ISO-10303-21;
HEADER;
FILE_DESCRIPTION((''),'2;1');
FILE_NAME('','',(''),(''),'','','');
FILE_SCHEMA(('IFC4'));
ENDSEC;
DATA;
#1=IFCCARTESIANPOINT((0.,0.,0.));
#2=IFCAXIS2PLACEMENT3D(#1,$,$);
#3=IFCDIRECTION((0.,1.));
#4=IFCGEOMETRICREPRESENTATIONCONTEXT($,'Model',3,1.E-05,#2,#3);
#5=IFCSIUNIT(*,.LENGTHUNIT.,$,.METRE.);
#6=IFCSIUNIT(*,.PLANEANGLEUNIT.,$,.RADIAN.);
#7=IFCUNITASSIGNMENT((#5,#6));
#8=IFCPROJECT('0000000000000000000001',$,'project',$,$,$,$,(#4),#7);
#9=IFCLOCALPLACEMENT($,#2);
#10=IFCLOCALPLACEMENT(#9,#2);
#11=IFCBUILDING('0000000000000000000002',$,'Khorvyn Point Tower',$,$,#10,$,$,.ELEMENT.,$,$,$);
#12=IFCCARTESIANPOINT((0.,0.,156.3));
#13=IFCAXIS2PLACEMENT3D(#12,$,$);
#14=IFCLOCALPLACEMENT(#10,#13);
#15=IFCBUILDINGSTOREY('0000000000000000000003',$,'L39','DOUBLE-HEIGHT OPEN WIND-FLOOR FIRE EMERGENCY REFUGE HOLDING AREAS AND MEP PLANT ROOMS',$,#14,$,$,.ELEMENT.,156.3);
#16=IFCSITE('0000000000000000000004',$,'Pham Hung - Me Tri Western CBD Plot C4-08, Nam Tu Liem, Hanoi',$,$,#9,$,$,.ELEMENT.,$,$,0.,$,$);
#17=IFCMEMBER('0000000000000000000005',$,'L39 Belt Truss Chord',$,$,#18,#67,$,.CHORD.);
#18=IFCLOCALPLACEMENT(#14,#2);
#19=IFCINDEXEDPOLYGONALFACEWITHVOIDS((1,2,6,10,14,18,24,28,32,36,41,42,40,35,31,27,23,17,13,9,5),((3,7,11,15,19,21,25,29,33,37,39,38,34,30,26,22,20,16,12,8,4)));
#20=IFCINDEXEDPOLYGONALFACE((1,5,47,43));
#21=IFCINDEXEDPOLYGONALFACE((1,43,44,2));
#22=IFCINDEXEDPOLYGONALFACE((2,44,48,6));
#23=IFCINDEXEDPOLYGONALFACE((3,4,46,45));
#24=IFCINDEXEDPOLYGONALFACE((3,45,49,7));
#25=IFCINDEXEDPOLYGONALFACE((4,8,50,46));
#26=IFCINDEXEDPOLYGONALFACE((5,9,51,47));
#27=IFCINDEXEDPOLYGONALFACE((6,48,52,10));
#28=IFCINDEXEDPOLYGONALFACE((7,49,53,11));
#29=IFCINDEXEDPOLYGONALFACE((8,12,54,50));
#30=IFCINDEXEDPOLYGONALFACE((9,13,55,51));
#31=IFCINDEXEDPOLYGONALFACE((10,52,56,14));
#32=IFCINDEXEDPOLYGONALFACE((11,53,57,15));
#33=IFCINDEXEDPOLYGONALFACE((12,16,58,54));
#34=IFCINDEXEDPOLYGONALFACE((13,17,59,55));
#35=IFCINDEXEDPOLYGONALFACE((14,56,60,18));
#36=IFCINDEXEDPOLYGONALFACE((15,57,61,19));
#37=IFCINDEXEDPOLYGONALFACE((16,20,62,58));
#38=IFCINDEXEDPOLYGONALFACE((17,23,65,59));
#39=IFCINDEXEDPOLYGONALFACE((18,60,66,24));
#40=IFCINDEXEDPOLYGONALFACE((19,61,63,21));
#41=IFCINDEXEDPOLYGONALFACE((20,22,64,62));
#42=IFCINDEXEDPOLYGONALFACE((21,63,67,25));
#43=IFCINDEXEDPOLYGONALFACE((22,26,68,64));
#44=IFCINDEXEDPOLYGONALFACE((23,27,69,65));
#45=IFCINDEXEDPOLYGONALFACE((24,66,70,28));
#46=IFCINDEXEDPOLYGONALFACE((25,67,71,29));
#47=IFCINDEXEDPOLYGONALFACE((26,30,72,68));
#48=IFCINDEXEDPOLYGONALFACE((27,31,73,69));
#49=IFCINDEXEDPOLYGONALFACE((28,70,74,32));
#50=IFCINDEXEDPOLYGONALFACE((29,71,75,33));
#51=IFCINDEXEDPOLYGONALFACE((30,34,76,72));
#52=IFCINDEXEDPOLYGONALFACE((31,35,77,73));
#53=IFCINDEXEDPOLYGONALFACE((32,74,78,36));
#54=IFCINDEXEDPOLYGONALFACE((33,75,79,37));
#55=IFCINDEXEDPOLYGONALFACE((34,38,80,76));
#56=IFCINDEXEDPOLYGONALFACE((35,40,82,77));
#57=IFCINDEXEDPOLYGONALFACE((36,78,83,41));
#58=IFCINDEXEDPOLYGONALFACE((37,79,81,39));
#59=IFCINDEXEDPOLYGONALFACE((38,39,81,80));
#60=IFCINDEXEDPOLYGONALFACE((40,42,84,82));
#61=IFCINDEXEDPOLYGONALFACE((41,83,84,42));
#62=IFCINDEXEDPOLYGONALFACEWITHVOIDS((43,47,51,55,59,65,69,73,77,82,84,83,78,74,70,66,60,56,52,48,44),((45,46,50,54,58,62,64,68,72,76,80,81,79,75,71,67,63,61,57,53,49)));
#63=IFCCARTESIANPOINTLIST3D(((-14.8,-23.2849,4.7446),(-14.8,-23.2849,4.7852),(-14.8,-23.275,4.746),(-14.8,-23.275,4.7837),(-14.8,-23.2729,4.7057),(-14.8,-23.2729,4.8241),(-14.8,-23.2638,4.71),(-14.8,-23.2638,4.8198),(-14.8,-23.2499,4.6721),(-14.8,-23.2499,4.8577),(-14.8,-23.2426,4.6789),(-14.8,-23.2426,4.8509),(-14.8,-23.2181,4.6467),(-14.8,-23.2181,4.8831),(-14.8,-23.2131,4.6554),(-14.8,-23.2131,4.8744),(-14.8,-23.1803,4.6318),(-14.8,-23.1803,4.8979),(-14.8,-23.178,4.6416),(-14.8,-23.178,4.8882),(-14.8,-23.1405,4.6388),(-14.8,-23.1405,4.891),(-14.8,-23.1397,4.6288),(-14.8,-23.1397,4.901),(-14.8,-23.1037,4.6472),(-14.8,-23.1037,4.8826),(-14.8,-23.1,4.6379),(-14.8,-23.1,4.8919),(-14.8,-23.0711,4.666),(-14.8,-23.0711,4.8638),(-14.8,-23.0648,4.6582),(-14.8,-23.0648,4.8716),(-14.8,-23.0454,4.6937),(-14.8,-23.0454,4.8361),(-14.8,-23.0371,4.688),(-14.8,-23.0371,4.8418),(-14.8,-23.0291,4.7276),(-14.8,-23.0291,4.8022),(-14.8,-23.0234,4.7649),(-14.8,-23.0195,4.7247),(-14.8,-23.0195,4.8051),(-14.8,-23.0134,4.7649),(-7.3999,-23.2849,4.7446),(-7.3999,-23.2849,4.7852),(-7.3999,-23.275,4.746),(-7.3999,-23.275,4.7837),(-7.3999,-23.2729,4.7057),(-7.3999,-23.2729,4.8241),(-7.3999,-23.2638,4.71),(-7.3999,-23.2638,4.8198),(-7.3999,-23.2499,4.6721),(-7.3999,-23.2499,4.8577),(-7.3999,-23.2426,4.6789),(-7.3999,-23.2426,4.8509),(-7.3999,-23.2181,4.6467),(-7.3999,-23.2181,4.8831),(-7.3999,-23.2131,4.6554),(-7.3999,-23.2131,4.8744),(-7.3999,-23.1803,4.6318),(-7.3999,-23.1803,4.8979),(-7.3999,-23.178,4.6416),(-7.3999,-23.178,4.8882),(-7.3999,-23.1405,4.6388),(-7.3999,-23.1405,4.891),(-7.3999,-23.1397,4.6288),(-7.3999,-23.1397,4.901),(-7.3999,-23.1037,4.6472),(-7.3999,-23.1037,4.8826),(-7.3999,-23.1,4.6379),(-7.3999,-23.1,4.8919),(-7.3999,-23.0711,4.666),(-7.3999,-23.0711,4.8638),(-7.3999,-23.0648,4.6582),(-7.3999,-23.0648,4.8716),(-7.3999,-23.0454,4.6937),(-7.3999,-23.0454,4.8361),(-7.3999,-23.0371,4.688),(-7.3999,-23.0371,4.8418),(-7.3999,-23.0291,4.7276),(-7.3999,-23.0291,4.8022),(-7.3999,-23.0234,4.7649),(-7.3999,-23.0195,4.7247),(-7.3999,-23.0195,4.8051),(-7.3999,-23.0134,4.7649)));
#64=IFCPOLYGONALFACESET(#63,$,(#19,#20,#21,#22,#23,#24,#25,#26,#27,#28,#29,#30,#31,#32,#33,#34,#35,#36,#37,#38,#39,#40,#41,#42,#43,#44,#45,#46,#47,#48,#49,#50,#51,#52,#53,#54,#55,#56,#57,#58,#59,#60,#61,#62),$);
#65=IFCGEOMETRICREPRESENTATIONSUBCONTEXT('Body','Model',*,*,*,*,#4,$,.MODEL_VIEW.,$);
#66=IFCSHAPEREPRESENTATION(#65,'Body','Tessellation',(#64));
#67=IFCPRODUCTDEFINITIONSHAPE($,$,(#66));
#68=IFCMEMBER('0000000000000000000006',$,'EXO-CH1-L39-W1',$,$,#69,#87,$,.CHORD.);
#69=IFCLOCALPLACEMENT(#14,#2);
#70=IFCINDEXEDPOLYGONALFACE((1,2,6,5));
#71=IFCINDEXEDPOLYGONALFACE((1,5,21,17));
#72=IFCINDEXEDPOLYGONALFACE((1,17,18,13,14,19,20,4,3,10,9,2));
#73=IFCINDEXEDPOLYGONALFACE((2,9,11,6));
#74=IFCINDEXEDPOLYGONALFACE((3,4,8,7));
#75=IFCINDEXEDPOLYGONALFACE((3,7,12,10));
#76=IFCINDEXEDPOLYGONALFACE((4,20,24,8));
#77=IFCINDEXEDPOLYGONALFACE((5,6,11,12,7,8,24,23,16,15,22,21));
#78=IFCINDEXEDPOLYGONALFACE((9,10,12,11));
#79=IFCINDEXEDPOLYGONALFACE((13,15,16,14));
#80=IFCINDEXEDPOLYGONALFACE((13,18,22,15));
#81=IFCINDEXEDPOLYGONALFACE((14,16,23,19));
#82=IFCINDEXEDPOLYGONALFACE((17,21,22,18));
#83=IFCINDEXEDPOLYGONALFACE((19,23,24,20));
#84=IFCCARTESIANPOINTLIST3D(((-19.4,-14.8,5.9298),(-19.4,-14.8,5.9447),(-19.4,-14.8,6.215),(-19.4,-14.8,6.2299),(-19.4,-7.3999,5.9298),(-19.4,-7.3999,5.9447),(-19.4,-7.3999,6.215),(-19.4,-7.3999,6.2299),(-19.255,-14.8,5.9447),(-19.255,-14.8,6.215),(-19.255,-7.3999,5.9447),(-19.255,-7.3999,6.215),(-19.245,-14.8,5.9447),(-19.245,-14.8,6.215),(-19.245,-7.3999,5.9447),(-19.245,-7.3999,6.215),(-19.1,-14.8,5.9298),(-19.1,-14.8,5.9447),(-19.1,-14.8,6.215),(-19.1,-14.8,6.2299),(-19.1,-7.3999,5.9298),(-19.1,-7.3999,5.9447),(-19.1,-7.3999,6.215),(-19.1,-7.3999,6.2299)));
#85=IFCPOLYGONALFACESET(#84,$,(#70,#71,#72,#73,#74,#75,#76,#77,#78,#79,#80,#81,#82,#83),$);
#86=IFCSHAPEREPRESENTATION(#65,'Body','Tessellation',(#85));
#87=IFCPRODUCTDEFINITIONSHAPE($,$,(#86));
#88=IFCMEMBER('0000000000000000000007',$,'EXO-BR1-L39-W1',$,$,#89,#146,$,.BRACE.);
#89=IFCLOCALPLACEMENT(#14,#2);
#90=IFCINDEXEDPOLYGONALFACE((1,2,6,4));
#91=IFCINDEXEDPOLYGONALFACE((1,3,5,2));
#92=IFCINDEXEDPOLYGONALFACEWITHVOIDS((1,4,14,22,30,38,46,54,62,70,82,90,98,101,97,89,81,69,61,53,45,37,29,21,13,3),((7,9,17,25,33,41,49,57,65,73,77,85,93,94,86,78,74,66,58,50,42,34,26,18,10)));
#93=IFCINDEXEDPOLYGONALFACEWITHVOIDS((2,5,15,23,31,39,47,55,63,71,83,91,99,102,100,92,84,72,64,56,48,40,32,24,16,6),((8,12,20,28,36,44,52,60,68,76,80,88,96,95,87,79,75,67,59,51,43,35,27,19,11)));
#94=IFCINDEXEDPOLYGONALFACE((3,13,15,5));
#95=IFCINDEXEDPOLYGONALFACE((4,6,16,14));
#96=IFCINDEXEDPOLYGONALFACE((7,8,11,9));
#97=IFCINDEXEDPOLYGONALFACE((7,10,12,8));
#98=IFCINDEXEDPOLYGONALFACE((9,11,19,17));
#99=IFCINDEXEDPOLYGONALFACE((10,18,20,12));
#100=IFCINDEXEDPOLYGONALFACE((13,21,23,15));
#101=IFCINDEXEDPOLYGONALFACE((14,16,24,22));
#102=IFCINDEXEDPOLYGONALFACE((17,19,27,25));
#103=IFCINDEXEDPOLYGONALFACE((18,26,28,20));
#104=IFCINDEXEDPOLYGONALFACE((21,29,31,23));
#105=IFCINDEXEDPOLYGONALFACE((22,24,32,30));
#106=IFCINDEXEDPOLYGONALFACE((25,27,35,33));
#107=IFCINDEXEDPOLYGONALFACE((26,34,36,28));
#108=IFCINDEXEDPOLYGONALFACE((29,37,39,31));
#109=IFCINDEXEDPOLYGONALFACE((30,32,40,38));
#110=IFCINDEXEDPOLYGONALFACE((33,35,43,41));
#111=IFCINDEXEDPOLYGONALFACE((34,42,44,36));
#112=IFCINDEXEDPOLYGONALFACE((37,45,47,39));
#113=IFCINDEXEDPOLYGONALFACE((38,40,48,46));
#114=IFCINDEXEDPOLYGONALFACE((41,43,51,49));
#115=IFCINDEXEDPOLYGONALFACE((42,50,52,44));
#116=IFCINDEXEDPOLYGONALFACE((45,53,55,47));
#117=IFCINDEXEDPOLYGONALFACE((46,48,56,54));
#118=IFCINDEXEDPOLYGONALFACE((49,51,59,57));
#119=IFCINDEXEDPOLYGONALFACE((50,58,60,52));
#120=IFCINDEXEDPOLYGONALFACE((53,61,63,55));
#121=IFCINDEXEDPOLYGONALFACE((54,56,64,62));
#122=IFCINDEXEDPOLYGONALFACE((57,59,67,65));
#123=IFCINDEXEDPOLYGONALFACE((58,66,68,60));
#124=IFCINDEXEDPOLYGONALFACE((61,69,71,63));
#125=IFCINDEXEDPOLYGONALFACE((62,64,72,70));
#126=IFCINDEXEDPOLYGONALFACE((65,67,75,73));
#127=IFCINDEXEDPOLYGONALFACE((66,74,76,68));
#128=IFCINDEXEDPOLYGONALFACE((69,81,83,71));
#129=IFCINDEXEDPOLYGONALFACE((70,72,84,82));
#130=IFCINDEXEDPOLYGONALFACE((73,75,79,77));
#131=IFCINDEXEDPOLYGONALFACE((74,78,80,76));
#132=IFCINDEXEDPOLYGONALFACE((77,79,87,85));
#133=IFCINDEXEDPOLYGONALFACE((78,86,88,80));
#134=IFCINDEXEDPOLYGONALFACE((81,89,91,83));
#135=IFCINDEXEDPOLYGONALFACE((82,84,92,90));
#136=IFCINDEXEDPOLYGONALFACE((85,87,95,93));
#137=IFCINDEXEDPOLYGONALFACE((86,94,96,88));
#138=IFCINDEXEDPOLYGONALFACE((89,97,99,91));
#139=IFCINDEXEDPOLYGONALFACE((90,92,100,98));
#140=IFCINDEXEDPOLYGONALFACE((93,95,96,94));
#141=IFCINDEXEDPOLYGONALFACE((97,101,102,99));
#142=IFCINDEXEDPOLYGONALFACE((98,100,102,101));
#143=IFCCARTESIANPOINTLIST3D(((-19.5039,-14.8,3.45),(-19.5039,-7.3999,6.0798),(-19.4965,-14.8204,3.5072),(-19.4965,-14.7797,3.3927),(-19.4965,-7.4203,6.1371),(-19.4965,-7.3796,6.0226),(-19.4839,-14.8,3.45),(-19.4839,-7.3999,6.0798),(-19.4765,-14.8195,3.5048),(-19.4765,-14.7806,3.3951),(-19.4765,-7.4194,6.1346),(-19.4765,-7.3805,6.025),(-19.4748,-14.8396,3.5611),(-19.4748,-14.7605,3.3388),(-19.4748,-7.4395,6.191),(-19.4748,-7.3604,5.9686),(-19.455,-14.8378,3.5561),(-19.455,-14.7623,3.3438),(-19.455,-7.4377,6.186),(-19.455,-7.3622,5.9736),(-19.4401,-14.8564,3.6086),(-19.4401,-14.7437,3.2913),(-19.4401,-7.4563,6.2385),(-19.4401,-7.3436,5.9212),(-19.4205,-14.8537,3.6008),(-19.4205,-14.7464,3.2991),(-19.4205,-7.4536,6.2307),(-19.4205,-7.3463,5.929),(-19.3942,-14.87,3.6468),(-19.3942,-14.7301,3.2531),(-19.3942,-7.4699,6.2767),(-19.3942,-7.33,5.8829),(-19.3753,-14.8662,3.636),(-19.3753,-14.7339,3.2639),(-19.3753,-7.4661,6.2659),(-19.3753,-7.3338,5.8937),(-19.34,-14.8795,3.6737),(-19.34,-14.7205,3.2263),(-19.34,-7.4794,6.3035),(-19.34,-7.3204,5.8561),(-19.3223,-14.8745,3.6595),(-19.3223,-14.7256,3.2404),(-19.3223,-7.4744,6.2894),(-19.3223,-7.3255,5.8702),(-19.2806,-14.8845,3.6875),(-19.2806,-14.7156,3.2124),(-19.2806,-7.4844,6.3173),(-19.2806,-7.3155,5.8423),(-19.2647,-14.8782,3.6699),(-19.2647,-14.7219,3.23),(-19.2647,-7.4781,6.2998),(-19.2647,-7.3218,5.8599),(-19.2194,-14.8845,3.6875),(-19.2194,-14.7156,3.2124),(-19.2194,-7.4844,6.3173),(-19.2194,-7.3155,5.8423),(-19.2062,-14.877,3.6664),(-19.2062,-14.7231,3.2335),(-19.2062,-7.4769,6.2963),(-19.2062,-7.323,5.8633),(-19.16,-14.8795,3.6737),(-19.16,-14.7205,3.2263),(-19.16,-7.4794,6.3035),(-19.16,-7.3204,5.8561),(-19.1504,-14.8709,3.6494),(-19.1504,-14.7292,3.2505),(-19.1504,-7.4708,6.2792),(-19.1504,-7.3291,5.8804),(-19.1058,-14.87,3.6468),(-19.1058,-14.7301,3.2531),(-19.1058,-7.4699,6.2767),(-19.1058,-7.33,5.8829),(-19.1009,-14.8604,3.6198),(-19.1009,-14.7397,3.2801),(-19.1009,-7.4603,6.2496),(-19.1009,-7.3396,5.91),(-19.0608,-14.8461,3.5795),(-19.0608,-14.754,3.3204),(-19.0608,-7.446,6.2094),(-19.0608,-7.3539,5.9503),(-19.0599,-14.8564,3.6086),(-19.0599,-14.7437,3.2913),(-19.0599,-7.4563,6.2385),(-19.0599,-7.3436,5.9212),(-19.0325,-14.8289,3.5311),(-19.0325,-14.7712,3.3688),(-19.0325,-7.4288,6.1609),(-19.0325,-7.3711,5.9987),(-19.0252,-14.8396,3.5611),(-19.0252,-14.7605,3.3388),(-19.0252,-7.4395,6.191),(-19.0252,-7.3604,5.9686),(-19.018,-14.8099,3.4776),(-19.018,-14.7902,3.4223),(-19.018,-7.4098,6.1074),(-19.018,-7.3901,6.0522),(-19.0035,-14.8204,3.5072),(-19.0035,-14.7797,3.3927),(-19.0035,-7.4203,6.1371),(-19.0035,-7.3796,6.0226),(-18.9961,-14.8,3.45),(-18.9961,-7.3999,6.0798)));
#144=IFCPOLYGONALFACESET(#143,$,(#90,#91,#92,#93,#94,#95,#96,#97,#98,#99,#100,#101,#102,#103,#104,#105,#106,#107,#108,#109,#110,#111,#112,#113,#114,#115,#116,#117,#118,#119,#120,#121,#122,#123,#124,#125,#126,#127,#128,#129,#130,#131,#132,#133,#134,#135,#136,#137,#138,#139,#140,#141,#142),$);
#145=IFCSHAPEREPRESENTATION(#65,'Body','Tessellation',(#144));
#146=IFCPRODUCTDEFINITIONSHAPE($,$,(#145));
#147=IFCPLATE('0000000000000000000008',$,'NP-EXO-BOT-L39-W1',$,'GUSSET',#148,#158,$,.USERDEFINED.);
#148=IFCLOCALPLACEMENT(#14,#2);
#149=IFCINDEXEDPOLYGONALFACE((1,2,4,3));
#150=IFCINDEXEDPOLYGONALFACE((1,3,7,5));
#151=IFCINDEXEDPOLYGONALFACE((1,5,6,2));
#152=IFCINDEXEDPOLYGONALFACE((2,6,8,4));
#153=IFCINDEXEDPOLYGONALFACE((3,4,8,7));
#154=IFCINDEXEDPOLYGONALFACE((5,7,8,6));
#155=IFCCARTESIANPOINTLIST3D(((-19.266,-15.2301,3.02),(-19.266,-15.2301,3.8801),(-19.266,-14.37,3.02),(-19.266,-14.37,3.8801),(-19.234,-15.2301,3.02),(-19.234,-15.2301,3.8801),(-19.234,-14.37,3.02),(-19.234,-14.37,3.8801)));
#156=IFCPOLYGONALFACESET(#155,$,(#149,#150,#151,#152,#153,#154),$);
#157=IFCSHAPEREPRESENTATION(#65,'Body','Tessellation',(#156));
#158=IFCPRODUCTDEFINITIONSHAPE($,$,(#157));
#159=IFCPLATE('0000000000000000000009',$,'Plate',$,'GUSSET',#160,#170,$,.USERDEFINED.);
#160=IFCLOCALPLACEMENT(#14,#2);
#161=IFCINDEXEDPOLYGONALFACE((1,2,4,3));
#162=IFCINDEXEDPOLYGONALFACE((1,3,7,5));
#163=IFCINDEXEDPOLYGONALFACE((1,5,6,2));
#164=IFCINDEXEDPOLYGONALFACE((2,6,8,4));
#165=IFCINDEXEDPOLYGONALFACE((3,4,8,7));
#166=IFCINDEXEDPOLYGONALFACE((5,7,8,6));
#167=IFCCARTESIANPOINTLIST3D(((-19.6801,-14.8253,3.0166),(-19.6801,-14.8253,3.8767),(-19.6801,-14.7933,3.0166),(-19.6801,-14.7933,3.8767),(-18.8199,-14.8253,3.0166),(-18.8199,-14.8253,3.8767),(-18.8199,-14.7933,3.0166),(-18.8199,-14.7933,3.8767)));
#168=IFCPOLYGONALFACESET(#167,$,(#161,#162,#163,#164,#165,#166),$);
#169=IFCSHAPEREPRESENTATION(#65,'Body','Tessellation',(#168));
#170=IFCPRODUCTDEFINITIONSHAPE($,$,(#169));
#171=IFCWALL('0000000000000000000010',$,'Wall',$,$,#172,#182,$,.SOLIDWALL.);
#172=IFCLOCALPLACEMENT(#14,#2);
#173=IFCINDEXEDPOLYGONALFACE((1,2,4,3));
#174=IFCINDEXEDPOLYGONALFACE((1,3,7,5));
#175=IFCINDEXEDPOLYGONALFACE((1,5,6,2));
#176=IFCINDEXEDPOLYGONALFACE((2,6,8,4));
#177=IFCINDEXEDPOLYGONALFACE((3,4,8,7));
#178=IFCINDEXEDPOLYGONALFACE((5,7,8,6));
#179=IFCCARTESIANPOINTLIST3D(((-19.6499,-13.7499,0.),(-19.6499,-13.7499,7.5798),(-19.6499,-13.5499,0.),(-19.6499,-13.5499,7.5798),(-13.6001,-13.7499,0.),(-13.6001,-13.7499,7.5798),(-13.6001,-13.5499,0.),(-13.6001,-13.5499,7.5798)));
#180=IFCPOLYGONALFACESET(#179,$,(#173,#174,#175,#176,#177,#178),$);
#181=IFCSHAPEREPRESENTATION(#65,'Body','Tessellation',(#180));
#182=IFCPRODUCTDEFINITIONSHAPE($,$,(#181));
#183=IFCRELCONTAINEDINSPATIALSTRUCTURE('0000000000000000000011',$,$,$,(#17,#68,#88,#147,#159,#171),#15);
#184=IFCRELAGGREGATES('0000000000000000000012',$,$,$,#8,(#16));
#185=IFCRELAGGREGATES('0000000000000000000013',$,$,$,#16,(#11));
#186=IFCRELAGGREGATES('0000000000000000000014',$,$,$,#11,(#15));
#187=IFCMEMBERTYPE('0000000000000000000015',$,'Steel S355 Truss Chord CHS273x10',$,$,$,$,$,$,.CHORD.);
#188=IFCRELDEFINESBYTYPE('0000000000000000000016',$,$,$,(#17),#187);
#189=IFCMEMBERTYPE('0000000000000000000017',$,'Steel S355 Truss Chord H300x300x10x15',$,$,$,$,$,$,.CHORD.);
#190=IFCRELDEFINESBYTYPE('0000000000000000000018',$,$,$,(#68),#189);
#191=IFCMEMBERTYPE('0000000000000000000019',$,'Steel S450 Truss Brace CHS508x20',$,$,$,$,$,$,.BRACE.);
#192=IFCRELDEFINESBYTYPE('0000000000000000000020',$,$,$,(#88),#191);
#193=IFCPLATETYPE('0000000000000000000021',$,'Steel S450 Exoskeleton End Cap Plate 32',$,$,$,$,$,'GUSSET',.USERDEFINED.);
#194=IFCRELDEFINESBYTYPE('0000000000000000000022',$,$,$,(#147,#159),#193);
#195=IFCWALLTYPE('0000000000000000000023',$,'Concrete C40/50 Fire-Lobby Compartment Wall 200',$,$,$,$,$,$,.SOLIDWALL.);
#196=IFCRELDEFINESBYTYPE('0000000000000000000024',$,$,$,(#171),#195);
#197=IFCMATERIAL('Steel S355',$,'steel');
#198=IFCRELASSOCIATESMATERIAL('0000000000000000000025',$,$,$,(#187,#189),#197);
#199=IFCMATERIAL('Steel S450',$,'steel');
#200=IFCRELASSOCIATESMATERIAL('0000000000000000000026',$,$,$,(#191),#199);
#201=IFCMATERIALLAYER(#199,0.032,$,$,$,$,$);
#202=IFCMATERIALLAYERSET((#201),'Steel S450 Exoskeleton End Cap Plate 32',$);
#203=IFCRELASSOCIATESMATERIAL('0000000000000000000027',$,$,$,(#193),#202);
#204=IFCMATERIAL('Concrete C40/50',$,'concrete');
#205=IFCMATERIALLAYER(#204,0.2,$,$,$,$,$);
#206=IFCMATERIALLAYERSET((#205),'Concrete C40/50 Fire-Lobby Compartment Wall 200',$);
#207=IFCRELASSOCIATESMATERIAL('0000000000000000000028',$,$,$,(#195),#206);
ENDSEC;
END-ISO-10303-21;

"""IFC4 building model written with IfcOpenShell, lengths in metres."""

from ifc_helpers import new_model, si_unit, direction, frame, frame_2d, origin, origin_2d, place, context, subcontext, project, spatial, rectangle, hollow_circle, i_section, extrude, material, layer, layer_set, material_profile, profile_set, type_object, element, save


model = new_model("IFC4")

# Units and contexts
model_context = context("Model", 3, precision=1e-05, world=origin(), true_north=direction((0.0, 1.0)))
body_context = subcontext(model_context, "Body", "Model", "MODEL_VIEW")
ifc_project = project(units=[si_unit("LENGTHUNIT", "METRE"), si_unit("PLANEANGLEUNIT", "RADIAN")], contexts=[model_context])

# Site, building, storey
site_placement = place(None, origin())
site = spatial("IfcSite", under=ifc_project, at=site_placement, Name="Pham Hung - Me Tri Western CBD Plot C4-08, Nam Tu Liem, Hanoi", CompositionType="ELEMENT", RefElevation=0.0)
building_placement = place(site_placement, origin())
building = spatial("IfcBuilding", under=site, at=building_placement, Name="Khorvyn Point Tower", CompositionType="ELEMENT")
storey_placement = place(building_placement, frame((0.0, 0.0, 156.3)))
storey = spatial("IfcBuildingStorey", under=building, at=storey_placement, Name="L39", Description="DOUBLE-HEIGHT OPEN WIND-FLOOR FIRE EMERGENCY REFUGE HOLDING AREAS AND MEP PLANT ROOMS", CompositionType="ELEMENT", Elevation=156.3)

# Shared definitions
ifc_material_1 = material(Name="Steel S450", Category="steel")

# Shared definitions
ifc_material_2 = material(Name="Steel S355", Category="steel")

# Members
ifc_material_profile_1 = material_profile(ifc_material_2, hollow_circle(Radius=0.1365, WallThickness=0.01, at=origin_2d()))
ifc_profile_set_1 = profile_set([ifc_material_profile_1], Name="Steel S355 CHS273x10")
member_type_1 = type_object("IfcMemberType", Name="Steel S355 Truss Chord CHS273x10", PredefinedType="CHORD", material=ifc_profile_set_1)
member_1_placement = place(storey_placement, frame((-14.8, -23.1499, 4.7649), z_axis=(1.0, 0.0, 0.0), x_axis=(0.0, 1.0, 0.0)))
element("IfcMember", 1, at=member_1_placement, inside=storey, type_object=member_type_1, Name="L39 Belt Truss Chord", PredefinedType="CHORD", context=body_context, shape_type="SweptSolid", body=[
    extrude(hollow_circle(Radius=0.1365, WallThickness=0.01, at=origin_2d()), origin(), (0.0, 0.0, 1.0), 7.4001),
])
ifc_material_profile_2 = material_profile(ifc_material_2, i_section(OverallWidth=0.3, OverallDepth=0.3, WebThickness=0.01, FlangeThickness=0.0149, at=origin_2d()))
ifc_profile_set_2 = profile_set([ifc_material_profile_2], Name="Steel S355 H300x300x10x15")
member_type_2 = type_object("IfcMemberType", Name="Steel S355 Truss Chord H300x300x10x15", PredefinedType="CHORD", material=ifc_profile_set_2)
member_2_placement = place(storey_placement, frame((-19.25, -14.8, 6.0798), z_axis=(0.0, 1.0, 0.0), x_axis=(-1.0, 0.0, 0.0)))
element("IfcMember", 2, at=member_2_placement, inside=storey, type_object=member_type_2, Name="EXO-CH1-L39-W1", PredefinedType="CHORD", context=body_context, shape_type="SweptSolid", body=[
    extrude(i_section(OverallWidth=0.3, OverallDepth=0.3, WebThickness=0.01, FlangeThickness=0.0149, at=origin_2d()), origin(), (0.0, 0.0, 1.0), 7.4001),
])
ifc_material_profile_3 = material_profile(ifc_material_1, hollow_circle(Radius=0.2539, WallThickness=0.02, at=origin_2d()))
ifc_profile_set_3 = profile_set([ifc_material_profile_3], Name="Steel S450 CHS508x20")
member_type_3 = type_object("IfcMemberType", Name="Steel S450 Truss Brace CHS508x20", PredefinedType="BRACE", material=ifc_profile_set_3)
member_3_placement = place(storey_placement, frame((-19.25, -14.8, 3.45), z_axis=(0.0, 0.942266, 0.334865), x_axis=(-1.0, 0.0, 0.0)))
element("IfcMember", 3, at=member_3_placement, inside=storey, type_object=member_type_3, Name="EXO-BR1-L39-W1", PredefinedType="BRACE", context=body_context, shape_type="SweptSolid", body=[
    extrude(hollow_circle(Radius=0.2539, WallThickness=0.02, at=origin_2d()), origin(), (0.0, 0.0, 1.0), 7.8535),
])

# Plates
ifc_layer_1 = layer(ifc_material_1, 0.032)
ifc_layer_set_1 = layer_set([ifc_layer_1], Name="Steel S450 Exoskeleton End Cap Plate 32")
plate_type = type_object("IfcPlateType", Name="Steel S450 Exoskeleton End Cap Plate 32", ElementType="GUSSET", PredefinedType="USERDEFINED", material=ifc_layer_set_1)
plate_1_placement = place(storey_placement, frame((-19.25, -14.8, 3.02), z_axis=(0.0, 0.0, 1.0), x_axis=(1.0, 0.0, 0.0)))
element("IfcPlate", 4, at=plate_1_placement, inside=storey, type_object=plate_type, Name="NP-EXO-BOT-L39-W1", ObjectType="GUSSET", PredefinedType="USERDEFINED", context=body_context, shape_type="SweptSolid", body=[
    extrude(rectangle(XDim=0.032, YDim=0.8601, at=origin_2d()), origin(), (0.0, 0.0, 1.0), 0.8601),
])
plate_2_placement = place(storey_placement, frame((-19.25, -14.8093, 3.0166), z_axis=(0.0, 0.0, 1.0), x_axis=(1.0, 0.0, 0.0)))
element("IfcPlate", 5, at=plate_2_placement, inside=storey, type_object=plate_type, Name="Plate", ObjectType="GUSSET", PredefinedType="USERDEFINED", context=body_context, shape_type="SweptSolid", body=[
    extrude(rectangle(XDim=0.8601, YDim=0.032, at=origin_2d()), origin(), (0.0, 0.0, 1.0), 0.8601),
])

# Wall
ifc_material_3 = material(Name="Concrete C40/50", Category="concrete")
ifc_layer_2 = layer(ifc_material_3, 0.2)
ifc_layer_set_2 = layer_set([ifc_layer_2], Name="Concrete C40/50 Fire-Lobby Compartment Wall 200")
wall_type = type_object("IfcWallType", Name="Concrete C40/50 Fire-Lobby Compartment Wall 200", PredefinedType="SOLIDWALL", material=ifc_layer_set_2)
wall_placement = place(storey_placement, frame((-19.6499, -13.6499, 0.0), z_axis=(0.0, 0.0, 1.0), x_axis=(1.0, 0.0, 0.0)))
element("IfcWall", 6, at=wall_placement, inside=storey, type_object=wall_type, Name="Wall", PredefinedType="SOLIDWALL", context=body_context, shape_type="SweptSolid", body=[
    extrude(rectangle(XDim=6.0498, YDim=0.2, at=frame_2d((3.0249, 0.0))), origin(), (0.0, 0.0, 1.0), 7.5798),
])

save(model, "model.ifc")
